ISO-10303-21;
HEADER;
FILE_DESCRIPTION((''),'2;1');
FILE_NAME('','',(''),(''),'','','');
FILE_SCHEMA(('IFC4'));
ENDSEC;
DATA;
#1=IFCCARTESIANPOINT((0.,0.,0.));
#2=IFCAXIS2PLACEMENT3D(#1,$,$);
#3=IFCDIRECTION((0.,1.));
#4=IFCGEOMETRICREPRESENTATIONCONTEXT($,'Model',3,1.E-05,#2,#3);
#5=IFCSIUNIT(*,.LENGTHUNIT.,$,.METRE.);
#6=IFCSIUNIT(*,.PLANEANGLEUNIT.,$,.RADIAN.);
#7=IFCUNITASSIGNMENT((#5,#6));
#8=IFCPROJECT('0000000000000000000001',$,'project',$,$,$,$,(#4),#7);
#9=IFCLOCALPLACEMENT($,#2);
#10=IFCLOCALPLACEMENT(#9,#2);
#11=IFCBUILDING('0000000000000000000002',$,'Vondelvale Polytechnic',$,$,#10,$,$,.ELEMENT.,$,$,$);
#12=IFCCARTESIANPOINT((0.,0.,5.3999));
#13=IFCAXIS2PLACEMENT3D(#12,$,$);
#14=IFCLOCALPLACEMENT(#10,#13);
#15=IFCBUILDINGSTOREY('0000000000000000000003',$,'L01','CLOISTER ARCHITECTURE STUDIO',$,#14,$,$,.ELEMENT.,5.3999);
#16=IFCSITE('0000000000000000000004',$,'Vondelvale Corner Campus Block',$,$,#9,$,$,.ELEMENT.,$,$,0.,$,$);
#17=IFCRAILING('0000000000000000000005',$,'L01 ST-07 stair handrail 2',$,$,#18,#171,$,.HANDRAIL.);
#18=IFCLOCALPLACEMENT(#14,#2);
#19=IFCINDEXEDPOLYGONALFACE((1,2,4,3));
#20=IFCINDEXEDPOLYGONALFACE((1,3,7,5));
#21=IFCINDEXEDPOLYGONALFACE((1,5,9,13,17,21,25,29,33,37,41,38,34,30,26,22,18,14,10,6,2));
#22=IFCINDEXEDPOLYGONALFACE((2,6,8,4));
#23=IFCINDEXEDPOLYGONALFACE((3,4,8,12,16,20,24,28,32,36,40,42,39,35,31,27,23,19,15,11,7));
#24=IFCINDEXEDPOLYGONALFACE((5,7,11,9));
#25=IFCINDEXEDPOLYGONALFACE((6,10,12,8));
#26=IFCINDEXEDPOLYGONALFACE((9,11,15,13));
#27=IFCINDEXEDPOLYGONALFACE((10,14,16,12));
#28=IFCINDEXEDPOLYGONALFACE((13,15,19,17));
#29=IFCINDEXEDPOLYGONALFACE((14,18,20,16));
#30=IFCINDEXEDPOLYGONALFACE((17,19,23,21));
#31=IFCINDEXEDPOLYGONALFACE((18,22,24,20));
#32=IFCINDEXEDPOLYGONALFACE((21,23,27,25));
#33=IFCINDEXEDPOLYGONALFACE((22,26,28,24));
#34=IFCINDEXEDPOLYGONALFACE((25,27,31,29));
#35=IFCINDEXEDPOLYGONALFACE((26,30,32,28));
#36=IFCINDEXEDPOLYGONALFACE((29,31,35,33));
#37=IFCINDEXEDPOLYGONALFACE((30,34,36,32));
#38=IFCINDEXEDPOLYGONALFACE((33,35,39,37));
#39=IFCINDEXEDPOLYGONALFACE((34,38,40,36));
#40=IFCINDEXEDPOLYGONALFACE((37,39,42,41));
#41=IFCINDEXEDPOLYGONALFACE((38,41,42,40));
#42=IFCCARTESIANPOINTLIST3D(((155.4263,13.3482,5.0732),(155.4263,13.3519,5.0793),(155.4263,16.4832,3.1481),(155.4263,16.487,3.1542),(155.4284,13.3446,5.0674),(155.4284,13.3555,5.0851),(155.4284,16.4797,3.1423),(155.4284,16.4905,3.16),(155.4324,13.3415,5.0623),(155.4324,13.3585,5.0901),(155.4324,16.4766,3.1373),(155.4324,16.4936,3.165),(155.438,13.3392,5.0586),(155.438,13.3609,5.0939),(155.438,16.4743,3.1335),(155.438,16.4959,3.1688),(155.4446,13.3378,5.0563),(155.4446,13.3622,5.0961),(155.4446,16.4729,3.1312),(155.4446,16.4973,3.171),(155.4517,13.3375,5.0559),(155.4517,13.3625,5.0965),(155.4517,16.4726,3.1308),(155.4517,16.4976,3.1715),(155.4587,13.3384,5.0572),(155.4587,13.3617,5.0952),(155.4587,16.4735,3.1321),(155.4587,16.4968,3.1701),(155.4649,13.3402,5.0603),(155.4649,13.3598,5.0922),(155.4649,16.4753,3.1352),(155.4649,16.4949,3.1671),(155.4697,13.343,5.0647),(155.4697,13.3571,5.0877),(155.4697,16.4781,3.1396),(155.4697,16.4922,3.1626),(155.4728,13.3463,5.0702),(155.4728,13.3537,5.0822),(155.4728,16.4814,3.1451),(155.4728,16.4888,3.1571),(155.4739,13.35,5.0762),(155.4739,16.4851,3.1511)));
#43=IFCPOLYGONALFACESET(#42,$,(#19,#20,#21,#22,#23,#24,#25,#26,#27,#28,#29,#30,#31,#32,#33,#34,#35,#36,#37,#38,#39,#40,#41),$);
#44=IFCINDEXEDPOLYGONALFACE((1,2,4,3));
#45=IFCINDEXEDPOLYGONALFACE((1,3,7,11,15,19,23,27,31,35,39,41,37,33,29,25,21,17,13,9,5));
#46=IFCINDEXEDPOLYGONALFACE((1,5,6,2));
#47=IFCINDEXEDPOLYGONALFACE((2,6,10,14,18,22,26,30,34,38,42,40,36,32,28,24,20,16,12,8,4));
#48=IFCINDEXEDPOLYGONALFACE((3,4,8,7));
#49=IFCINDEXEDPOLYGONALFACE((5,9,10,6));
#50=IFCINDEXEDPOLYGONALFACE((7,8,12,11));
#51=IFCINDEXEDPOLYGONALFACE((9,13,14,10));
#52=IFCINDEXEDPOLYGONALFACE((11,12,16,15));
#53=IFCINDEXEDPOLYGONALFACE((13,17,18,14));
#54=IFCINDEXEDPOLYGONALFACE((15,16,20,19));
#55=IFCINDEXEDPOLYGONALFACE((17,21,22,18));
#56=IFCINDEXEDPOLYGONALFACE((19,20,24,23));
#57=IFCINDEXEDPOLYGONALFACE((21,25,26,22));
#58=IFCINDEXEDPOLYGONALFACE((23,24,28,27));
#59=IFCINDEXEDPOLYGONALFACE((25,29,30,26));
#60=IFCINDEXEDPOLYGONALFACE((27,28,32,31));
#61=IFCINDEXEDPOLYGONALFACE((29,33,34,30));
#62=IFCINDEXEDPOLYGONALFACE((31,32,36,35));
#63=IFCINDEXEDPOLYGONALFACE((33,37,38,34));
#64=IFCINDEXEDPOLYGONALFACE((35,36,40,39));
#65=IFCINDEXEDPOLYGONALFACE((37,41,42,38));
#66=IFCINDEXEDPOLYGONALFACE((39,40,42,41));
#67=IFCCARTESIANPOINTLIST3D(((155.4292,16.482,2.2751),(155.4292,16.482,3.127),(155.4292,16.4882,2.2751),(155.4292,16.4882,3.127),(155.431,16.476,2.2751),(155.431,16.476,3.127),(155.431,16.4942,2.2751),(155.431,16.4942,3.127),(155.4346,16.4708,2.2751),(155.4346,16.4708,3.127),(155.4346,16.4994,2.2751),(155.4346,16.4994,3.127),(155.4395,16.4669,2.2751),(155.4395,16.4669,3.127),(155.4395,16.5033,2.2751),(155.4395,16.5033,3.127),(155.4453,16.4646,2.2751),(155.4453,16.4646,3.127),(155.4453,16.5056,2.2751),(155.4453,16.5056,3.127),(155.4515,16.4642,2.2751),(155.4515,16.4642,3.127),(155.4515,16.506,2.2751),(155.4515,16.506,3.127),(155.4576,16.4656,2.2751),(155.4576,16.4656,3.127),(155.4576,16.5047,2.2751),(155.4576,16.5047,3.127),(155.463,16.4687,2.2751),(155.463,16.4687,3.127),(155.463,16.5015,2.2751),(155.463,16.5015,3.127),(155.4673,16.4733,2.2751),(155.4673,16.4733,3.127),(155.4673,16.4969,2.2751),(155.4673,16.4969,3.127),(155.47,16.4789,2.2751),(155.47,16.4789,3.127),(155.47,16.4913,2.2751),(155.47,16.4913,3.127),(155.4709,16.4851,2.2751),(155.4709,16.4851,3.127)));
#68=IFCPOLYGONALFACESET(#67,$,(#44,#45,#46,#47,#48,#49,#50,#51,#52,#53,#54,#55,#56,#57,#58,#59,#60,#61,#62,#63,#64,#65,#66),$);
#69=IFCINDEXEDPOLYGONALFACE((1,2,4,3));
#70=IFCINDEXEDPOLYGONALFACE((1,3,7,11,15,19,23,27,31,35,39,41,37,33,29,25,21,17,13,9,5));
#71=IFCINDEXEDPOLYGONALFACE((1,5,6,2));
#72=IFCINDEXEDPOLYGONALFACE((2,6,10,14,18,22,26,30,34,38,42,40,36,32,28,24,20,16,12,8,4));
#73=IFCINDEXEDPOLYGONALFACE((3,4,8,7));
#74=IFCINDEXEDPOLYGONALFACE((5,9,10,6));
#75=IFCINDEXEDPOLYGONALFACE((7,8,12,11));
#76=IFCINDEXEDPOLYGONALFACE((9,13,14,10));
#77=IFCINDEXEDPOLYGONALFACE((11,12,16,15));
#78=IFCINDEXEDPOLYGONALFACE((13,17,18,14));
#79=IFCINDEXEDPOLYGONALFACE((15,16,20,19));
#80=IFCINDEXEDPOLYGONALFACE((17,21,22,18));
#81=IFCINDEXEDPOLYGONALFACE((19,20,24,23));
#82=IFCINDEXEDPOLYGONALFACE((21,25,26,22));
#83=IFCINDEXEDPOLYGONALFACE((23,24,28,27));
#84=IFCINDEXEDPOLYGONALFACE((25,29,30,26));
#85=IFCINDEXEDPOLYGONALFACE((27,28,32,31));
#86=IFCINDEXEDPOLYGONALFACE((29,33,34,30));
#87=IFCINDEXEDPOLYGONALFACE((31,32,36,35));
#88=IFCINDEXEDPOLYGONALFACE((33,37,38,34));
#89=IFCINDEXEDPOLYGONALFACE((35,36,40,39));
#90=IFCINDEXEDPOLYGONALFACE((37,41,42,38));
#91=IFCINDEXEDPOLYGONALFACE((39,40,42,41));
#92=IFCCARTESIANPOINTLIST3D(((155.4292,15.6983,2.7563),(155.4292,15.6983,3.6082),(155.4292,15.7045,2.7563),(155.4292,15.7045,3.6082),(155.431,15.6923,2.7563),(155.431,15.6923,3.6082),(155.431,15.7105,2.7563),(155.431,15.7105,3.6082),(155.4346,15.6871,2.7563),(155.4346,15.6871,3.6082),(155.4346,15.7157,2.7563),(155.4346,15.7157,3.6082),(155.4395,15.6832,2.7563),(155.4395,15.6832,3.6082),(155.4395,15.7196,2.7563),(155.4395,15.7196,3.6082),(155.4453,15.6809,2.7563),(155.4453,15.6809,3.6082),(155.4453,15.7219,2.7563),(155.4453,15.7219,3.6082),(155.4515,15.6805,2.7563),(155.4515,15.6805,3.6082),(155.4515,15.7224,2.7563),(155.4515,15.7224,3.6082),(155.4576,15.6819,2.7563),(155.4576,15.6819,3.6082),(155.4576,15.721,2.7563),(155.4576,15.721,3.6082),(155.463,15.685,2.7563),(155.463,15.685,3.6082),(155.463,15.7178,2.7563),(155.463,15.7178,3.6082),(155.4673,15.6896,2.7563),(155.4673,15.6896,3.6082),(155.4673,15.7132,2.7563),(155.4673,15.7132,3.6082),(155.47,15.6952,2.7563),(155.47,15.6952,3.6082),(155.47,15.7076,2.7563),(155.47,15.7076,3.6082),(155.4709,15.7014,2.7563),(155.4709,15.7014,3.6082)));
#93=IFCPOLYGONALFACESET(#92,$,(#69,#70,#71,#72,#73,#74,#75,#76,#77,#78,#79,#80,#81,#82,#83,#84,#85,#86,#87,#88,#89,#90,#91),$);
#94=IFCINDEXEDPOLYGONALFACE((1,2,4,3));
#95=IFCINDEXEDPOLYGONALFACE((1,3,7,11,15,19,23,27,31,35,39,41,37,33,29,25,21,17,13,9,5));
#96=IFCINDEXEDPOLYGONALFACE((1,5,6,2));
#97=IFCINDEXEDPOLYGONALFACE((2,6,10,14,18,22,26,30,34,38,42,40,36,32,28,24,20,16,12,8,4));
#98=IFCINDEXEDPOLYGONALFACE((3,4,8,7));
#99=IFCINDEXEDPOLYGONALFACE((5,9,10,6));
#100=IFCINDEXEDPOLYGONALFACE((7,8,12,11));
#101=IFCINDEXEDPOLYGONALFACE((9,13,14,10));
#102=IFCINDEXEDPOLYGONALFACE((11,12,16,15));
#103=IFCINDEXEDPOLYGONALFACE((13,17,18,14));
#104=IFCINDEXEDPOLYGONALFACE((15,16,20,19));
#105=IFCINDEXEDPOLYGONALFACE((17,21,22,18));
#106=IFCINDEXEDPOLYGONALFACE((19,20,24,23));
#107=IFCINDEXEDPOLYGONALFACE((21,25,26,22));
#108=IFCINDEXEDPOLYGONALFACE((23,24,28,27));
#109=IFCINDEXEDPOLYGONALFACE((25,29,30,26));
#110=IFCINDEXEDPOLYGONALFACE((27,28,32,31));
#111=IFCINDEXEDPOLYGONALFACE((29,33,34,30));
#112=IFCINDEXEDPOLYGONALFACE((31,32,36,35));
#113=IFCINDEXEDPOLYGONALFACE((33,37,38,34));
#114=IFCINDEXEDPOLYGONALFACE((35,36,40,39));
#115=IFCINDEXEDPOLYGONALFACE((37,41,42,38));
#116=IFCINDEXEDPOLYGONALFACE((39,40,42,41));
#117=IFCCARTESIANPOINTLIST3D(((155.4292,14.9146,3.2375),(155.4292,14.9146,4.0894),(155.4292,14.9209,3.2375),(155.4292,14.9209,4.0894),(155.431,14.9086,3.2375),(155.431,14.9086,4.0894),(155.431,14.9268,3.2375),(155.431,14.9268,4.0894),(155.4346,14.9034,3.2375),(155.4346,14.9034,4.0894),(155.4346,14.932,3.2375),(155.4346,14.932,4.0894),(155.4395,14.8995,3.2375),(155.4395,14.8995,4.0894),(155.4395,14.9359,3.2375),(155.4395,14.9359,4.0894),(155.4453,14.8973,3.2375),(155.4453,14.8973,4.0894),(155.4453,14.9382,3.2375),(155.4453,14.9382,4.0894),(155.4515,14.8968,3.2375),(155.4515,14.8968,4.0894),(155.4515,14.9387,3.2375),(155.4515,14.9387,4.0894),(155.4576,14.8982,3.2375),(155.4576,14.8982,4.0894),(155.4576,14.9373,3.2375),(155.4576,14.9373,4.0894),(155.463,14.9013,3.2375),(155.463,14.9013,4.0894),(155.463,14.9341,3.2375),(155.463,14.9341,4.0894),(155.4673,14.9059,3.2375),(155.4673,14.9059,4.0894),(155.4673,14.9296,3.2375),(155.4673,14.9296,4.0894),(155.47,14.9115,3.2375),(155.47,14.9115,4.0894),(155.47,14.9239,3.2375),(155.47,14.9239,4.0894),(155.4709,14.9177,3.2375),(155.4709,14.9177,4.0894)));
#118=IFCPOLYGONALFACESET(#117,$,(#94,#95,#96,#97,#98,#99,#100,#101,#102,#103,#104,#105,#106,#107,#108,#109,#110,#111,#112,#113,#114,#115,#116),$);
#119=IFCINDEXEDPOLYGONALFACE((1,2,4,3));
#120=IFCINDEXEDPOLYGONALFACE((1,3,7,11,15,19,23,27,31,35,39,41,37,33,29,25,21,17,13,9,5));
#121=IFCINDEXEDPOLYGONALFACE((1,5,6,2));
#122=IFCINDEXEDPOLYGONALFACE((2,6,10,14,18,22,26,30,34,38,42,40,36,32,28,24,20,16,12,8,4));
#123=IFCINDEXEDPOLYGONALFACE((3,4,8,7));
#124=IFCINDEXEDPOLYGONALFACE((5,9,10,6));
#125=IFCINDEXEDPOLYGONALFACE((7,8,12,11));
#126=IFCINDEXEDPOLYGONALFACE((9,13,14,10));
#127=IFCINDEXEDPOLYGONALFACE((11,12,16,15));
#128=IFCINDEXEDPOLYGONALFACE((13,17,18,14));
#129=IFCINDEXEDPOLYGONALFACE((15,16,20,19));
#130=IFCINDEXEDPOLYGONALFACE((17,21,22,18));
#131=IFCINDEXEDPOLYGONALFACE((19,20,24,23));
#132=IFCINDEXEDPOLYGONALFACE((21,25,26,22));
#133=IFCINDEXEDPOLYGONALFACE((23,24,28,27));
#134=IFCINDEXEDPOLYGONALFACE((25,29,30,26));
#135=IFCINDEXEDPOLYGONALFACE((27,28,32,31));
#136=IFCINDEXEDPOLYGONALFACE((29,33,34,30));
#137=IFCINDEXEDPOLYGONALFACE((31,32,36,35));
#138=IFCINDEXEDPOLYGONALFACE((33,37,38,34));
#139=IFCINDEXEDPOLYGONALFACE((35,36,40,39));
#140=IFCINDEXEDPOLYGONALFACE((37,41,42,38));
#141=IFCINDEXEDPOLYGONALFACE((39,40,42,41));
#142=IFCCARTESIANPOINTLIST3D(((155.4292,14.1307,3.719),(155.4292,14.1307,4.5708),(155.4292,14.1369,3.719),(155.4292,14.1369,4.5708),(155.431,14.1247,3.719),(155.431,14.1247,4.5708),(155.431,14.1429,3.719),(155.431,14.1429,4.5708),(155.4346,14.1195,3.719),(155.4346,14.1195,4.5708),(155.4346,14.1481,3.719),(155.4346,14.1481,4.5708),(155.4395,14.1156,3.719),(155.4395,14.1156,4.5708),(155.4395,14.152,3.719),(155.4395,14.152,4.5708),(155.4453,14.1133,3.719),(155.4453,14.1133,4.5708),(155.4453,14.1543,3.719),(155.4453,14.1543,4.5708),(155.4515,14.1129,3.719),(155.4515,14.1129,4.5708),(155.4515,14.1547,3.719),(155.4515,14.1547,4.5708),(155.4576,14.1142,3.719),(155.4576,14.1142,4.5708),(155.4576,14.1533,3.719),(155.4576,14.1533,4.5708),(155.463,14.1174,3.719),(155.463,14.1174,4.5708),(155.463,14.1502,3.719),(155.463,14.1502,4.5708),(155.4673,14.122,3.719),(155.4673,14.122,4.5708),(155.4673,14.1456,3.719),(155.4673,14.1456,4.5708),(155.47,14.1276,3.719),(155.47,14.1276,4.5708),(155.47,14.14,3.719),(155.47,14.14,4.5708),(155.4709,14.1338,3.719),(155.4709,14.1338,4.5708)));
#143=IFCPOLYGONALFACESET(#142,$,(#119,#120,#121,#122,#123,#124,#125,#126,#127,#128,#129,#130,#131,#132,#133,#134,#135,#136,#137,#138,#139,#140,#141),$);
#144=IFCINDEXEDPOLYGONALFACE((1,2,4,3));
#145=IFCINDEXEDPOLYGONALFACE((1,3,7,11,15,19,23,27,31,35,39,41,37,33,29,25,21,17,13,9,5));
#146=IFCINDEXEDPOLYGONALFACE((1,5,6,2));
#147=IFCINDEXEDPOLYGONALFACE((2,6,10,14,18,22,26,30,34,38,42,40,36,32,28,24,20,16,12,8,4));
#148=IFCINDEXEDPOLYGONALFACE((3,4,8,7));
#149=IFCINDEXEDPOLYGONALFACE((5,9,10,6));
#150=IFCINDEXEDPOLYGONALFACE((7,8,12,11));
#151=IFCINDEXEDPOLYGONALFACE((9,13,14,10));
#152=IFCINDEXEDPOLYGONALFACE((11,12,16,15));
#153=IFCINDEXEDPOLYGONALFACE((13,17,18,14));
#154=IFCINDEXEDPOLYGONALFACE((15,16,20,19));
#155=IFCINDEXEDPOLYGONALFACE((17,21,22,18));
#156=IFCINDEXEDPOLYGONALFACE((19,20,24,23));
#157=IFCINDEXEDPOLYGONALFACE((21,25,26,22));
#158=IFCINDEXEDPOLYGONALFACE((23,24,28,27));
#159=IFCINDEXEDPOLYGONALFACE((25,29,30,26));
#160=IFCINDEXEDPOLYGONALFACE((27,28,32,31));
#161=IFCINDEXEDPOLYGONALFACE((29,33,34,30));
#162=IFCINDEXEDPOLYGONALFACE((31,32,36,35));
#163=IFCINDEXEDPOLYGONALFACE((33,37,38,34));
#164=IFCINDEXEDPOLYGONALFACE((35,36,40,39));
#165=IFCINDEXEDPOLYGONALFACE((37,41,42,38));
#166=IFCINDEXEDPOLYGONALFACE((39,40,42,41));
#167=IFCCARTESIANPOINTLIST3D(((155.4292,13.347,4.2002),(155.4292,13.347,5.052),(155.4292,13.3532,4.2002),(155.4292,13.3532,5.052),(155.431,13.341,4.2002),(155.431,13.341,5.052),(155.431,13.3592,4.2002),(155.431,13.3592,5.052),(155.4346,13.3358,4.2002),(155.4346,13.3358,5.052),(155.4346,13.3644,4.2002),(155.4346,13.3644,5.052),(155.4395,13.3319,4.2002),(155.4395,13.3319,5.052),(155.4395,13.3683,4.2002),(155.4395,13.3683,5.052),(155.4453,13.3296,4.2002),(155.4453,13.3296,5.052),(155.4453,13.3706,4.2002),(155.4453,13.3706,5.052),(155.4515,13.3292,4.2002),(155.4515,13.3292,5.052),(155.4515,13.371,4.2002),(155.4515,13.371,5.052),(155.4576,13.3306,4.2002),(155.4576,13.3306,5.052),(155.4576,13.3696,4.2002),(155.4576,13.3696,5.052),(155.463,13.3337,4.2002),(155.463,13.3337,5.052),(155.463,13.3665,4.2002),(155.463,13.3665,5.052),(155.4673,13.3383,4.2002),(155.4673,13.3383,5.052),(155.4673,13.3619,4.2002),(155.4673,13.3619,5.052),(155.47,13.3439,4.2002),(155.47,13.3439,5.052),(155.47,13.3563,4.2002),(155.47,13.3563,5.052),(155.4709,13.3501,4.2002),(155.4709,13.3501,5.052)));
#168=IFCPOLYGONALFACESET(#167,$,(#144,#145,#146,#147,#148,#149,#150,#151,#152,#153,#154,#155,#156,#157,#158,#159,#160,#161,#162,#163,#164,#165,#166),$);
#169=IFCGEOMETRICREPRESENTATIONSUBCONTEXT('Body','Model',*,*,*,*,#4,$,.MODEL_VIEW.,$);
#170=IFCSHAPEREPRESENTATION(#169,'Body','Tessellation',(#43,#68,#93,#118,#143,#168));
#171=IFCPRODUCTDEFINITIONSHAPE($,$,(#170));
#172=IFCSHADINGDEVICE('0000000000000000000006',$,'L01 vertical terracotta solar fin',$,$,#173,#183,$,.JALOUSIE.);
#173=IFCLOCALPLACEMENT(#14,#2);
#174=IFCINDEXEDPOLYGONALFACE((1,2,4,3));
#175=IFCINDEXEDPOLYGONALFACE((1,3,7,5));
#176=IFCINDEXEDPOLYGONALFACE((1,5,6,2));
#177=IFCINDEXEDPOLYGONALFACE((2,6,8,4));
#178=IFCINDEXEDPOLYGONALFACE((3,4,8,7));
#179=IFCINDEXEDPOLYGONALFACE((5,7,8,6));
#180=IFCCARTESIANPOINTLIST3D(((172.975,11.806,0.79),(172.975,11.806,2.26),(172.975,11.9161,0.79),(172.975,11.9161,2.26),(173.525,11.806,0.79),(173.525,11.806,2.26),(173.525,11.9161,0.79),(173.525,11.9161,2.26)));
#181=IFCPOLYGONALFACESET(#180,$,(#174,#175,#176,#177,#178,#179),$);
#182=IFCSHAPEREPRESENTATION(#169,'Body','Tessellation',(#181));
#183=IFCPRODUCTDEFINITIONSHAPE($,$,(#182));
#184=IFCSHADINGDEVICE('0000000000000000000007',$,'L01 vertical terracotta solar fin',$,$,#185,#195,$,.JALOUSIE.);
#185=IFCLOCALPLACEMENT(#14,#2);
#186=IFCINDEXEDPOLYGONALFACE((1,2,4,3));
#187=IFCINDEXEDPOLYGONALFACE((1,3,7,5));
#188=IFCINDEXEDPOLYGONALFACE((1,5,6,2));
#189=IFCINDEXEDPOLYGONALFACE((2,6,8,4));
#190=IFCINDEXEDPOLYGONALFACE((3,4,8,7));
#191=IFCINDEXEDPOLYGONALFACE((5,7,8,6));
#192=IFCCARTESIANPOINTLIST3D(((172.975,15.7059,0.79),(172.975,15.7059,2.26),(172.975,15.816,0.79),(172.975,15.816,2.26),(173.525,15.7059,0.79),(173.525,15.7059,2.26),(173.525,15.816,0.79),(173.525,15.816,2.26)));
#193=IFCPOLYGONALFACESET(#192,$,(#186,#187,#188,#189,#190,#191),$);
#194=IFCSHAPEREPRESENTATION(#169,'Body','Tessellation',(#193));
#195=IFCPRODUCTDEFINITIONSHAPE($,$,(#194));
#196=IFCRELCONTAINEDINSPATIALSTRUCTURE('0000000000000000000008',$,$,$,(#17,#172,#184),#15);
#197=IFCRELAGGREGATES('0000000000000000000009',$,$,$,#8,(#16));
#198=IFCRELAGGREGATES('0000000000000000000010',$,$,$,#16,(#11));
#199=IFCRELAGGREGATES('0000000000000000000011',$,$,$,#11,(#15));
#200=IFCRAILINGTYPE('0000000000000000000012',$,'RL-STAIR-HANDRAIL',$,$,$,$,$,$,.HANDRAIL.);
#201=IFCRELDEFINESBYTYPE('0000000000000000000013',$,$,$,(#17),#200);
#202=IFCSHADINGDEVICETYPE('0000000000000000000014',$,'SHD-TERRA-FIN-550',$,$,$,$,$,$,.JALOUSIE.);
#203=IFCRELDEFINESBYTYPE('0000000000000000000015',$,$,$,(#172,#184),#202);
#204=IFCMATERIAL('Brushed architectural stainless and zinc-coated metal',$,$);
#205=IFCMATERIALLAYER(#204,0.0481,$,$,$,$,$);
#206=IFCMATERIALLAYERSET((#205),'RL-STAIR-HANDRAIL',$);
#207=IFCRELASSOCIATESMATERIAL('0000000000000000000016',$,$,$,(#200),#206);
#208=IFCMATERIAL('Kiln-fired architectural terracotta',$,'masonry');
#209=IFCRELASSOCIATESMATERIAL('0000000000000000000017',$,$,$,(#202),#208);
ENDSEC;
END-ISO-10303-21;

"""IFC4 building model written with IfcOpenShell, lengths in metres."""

from ifc_helpers import new_model, si_unit, direction, frame, origin, origin_2d, place, context, subcontext, project, spatial, rectangle, circle, extrude, material, layer, layer_set, type_object, element, save


model = new_model("IFC4")

# Units and contexts
model_context = context("Model", 3, precision=1e-05, world=origin(), true_north=direction((0.0, 1.0)))
body_context = subcontext(model_context, "Body", "Model", "MODEL_VIEW")
ifc_project = project(units=[si_unit("LENGTHUNIT", "METRE"), si_unit("PLANEANGLEUNIT", "RADIAN")], contexts=[model_context])

# Site, building, storey
site_placement = place(None, origin())
site = spatial("IfcSite", under=ifc_project, at=site_placement, Name="Vondelvale Corner Campus Block", CompositionType="ELEMENT", RefElevation=0.0)
building_placement = place(site_placement, origin())
building = spatial("IfcBuilding", under=site, at=building_placement, Name="Vondelvale Polytechnic", CompositionType="ELEMENT")
storey_placement = place(building_placement, frame((0.0, 0.0, 5.3999)))
storey = spatial("IfcBuildingStorey", under=building, at=storey_placement, Name="L01", Description="CLOISTER ARCHITECTURE STUDIO", CompositionType="ELEMENT", Elevation=5.3999)

# Shared definitions
ifc_material_1 = material(Name="Brushed architectural stainless and zinc-coated metal")

# Railing
ifc_layer_1 = layer(ifc_material_1, 0.0481)
ifc_layer_set_1 = layer_set([ifc_layer_1], Name="RL-STAIR-HANDRAIL")
railing_type_1 = type_object("IfcRailingType", Name="RL-STAIR-HANDRAIL", PredefinedType="HANDRAIL", material=ifc_layer_set_1)
railing_1_placement = place(storey_placement, frame((155.45, 16.4851, 2.2751)))
element("IfcRailing", 1, at=railing_1_placement, inside=storey, type_object=railing_type_1, Name="L01 ST-07 stair handrail 2", PredefinedType="HANDRAIL", context=body_context, shape_type="SweptSolid", body=[
    extrude(circle(Radius=0.0239, at=origin_2d()), frame((0.0, 0.0, 0.876), z_axis=(0.0, -0.852166, 0.523271), x_axis=(1.0, 0.0, 0.0)), (0.0, 0.0, 1.0), 3.679),
    extrude(circle(Radius=0.021, at=origin_2d()), origin(), (0.0, 0.0, 1.0), 0.8518),
    extrude(circle(Radius=0.021, at=origin_2d()), frame((0.0, -0.7837, 0.4812)), (0.0, 0.0, 1.0), 0.8518),
    extrude(circle(Radius=0.021, at=origin_2d()), frame((0.0, -1.5674, 0.9624)), (0.0, 0.0, 1.0), 0.8518),
    extrude(circle(Radius=0.021, at=origin_2d()), frame((0.0, -2.3513, 1.4438)), (0.0, 0.0, 1.0), 0.8518),
    extrude(circle(Radius=0.021, at=origin_2d()), frame((0.0, -3.135, 1.925)), (0.0, 0.0, 1.0), 0.8518),
])

# Shading devices
ifc_material_2 = material(Name="Kiln-fired architectural terracotta", Category="masonry")
shading_device_type = type_object("IfcShadingDeviceType", Name="SHD-TERRA-FIN-550", PredefinedType="JALOUSIE", material=ifc_material_2)
for number, where, z_axis, x_axis, name in (
    (2, (173.25, 11.8611, 0.79), (0.0, 0.0, 1.0), (0.0, -1.0, 0.0), "L01 vertical terracotta solar fin"),
    (3, (173.25, 15.761, 0.79), (0.0, 0.0, 1.0), (0.0, -1.0, 0.0), "L01 vertical terracotta solar fin"),
):
    element("IfcShadingDevice", number, at=place(storey_placement, frame(where, z_axis=z_axis, x_axis=x_axis)), inside=storey, type_object=shading_device_type, Name=name, PredefinedType="JALOUSIE", context=body_context, shape_type="SweptSolid", body=[
        extrude(rectangle(XDim=0.1101, YDim=0.55, at=origin_2d()), origin(), (0.0, 0.0, 1.0), 1.47),
    ])

save(model, "model.ifc")
